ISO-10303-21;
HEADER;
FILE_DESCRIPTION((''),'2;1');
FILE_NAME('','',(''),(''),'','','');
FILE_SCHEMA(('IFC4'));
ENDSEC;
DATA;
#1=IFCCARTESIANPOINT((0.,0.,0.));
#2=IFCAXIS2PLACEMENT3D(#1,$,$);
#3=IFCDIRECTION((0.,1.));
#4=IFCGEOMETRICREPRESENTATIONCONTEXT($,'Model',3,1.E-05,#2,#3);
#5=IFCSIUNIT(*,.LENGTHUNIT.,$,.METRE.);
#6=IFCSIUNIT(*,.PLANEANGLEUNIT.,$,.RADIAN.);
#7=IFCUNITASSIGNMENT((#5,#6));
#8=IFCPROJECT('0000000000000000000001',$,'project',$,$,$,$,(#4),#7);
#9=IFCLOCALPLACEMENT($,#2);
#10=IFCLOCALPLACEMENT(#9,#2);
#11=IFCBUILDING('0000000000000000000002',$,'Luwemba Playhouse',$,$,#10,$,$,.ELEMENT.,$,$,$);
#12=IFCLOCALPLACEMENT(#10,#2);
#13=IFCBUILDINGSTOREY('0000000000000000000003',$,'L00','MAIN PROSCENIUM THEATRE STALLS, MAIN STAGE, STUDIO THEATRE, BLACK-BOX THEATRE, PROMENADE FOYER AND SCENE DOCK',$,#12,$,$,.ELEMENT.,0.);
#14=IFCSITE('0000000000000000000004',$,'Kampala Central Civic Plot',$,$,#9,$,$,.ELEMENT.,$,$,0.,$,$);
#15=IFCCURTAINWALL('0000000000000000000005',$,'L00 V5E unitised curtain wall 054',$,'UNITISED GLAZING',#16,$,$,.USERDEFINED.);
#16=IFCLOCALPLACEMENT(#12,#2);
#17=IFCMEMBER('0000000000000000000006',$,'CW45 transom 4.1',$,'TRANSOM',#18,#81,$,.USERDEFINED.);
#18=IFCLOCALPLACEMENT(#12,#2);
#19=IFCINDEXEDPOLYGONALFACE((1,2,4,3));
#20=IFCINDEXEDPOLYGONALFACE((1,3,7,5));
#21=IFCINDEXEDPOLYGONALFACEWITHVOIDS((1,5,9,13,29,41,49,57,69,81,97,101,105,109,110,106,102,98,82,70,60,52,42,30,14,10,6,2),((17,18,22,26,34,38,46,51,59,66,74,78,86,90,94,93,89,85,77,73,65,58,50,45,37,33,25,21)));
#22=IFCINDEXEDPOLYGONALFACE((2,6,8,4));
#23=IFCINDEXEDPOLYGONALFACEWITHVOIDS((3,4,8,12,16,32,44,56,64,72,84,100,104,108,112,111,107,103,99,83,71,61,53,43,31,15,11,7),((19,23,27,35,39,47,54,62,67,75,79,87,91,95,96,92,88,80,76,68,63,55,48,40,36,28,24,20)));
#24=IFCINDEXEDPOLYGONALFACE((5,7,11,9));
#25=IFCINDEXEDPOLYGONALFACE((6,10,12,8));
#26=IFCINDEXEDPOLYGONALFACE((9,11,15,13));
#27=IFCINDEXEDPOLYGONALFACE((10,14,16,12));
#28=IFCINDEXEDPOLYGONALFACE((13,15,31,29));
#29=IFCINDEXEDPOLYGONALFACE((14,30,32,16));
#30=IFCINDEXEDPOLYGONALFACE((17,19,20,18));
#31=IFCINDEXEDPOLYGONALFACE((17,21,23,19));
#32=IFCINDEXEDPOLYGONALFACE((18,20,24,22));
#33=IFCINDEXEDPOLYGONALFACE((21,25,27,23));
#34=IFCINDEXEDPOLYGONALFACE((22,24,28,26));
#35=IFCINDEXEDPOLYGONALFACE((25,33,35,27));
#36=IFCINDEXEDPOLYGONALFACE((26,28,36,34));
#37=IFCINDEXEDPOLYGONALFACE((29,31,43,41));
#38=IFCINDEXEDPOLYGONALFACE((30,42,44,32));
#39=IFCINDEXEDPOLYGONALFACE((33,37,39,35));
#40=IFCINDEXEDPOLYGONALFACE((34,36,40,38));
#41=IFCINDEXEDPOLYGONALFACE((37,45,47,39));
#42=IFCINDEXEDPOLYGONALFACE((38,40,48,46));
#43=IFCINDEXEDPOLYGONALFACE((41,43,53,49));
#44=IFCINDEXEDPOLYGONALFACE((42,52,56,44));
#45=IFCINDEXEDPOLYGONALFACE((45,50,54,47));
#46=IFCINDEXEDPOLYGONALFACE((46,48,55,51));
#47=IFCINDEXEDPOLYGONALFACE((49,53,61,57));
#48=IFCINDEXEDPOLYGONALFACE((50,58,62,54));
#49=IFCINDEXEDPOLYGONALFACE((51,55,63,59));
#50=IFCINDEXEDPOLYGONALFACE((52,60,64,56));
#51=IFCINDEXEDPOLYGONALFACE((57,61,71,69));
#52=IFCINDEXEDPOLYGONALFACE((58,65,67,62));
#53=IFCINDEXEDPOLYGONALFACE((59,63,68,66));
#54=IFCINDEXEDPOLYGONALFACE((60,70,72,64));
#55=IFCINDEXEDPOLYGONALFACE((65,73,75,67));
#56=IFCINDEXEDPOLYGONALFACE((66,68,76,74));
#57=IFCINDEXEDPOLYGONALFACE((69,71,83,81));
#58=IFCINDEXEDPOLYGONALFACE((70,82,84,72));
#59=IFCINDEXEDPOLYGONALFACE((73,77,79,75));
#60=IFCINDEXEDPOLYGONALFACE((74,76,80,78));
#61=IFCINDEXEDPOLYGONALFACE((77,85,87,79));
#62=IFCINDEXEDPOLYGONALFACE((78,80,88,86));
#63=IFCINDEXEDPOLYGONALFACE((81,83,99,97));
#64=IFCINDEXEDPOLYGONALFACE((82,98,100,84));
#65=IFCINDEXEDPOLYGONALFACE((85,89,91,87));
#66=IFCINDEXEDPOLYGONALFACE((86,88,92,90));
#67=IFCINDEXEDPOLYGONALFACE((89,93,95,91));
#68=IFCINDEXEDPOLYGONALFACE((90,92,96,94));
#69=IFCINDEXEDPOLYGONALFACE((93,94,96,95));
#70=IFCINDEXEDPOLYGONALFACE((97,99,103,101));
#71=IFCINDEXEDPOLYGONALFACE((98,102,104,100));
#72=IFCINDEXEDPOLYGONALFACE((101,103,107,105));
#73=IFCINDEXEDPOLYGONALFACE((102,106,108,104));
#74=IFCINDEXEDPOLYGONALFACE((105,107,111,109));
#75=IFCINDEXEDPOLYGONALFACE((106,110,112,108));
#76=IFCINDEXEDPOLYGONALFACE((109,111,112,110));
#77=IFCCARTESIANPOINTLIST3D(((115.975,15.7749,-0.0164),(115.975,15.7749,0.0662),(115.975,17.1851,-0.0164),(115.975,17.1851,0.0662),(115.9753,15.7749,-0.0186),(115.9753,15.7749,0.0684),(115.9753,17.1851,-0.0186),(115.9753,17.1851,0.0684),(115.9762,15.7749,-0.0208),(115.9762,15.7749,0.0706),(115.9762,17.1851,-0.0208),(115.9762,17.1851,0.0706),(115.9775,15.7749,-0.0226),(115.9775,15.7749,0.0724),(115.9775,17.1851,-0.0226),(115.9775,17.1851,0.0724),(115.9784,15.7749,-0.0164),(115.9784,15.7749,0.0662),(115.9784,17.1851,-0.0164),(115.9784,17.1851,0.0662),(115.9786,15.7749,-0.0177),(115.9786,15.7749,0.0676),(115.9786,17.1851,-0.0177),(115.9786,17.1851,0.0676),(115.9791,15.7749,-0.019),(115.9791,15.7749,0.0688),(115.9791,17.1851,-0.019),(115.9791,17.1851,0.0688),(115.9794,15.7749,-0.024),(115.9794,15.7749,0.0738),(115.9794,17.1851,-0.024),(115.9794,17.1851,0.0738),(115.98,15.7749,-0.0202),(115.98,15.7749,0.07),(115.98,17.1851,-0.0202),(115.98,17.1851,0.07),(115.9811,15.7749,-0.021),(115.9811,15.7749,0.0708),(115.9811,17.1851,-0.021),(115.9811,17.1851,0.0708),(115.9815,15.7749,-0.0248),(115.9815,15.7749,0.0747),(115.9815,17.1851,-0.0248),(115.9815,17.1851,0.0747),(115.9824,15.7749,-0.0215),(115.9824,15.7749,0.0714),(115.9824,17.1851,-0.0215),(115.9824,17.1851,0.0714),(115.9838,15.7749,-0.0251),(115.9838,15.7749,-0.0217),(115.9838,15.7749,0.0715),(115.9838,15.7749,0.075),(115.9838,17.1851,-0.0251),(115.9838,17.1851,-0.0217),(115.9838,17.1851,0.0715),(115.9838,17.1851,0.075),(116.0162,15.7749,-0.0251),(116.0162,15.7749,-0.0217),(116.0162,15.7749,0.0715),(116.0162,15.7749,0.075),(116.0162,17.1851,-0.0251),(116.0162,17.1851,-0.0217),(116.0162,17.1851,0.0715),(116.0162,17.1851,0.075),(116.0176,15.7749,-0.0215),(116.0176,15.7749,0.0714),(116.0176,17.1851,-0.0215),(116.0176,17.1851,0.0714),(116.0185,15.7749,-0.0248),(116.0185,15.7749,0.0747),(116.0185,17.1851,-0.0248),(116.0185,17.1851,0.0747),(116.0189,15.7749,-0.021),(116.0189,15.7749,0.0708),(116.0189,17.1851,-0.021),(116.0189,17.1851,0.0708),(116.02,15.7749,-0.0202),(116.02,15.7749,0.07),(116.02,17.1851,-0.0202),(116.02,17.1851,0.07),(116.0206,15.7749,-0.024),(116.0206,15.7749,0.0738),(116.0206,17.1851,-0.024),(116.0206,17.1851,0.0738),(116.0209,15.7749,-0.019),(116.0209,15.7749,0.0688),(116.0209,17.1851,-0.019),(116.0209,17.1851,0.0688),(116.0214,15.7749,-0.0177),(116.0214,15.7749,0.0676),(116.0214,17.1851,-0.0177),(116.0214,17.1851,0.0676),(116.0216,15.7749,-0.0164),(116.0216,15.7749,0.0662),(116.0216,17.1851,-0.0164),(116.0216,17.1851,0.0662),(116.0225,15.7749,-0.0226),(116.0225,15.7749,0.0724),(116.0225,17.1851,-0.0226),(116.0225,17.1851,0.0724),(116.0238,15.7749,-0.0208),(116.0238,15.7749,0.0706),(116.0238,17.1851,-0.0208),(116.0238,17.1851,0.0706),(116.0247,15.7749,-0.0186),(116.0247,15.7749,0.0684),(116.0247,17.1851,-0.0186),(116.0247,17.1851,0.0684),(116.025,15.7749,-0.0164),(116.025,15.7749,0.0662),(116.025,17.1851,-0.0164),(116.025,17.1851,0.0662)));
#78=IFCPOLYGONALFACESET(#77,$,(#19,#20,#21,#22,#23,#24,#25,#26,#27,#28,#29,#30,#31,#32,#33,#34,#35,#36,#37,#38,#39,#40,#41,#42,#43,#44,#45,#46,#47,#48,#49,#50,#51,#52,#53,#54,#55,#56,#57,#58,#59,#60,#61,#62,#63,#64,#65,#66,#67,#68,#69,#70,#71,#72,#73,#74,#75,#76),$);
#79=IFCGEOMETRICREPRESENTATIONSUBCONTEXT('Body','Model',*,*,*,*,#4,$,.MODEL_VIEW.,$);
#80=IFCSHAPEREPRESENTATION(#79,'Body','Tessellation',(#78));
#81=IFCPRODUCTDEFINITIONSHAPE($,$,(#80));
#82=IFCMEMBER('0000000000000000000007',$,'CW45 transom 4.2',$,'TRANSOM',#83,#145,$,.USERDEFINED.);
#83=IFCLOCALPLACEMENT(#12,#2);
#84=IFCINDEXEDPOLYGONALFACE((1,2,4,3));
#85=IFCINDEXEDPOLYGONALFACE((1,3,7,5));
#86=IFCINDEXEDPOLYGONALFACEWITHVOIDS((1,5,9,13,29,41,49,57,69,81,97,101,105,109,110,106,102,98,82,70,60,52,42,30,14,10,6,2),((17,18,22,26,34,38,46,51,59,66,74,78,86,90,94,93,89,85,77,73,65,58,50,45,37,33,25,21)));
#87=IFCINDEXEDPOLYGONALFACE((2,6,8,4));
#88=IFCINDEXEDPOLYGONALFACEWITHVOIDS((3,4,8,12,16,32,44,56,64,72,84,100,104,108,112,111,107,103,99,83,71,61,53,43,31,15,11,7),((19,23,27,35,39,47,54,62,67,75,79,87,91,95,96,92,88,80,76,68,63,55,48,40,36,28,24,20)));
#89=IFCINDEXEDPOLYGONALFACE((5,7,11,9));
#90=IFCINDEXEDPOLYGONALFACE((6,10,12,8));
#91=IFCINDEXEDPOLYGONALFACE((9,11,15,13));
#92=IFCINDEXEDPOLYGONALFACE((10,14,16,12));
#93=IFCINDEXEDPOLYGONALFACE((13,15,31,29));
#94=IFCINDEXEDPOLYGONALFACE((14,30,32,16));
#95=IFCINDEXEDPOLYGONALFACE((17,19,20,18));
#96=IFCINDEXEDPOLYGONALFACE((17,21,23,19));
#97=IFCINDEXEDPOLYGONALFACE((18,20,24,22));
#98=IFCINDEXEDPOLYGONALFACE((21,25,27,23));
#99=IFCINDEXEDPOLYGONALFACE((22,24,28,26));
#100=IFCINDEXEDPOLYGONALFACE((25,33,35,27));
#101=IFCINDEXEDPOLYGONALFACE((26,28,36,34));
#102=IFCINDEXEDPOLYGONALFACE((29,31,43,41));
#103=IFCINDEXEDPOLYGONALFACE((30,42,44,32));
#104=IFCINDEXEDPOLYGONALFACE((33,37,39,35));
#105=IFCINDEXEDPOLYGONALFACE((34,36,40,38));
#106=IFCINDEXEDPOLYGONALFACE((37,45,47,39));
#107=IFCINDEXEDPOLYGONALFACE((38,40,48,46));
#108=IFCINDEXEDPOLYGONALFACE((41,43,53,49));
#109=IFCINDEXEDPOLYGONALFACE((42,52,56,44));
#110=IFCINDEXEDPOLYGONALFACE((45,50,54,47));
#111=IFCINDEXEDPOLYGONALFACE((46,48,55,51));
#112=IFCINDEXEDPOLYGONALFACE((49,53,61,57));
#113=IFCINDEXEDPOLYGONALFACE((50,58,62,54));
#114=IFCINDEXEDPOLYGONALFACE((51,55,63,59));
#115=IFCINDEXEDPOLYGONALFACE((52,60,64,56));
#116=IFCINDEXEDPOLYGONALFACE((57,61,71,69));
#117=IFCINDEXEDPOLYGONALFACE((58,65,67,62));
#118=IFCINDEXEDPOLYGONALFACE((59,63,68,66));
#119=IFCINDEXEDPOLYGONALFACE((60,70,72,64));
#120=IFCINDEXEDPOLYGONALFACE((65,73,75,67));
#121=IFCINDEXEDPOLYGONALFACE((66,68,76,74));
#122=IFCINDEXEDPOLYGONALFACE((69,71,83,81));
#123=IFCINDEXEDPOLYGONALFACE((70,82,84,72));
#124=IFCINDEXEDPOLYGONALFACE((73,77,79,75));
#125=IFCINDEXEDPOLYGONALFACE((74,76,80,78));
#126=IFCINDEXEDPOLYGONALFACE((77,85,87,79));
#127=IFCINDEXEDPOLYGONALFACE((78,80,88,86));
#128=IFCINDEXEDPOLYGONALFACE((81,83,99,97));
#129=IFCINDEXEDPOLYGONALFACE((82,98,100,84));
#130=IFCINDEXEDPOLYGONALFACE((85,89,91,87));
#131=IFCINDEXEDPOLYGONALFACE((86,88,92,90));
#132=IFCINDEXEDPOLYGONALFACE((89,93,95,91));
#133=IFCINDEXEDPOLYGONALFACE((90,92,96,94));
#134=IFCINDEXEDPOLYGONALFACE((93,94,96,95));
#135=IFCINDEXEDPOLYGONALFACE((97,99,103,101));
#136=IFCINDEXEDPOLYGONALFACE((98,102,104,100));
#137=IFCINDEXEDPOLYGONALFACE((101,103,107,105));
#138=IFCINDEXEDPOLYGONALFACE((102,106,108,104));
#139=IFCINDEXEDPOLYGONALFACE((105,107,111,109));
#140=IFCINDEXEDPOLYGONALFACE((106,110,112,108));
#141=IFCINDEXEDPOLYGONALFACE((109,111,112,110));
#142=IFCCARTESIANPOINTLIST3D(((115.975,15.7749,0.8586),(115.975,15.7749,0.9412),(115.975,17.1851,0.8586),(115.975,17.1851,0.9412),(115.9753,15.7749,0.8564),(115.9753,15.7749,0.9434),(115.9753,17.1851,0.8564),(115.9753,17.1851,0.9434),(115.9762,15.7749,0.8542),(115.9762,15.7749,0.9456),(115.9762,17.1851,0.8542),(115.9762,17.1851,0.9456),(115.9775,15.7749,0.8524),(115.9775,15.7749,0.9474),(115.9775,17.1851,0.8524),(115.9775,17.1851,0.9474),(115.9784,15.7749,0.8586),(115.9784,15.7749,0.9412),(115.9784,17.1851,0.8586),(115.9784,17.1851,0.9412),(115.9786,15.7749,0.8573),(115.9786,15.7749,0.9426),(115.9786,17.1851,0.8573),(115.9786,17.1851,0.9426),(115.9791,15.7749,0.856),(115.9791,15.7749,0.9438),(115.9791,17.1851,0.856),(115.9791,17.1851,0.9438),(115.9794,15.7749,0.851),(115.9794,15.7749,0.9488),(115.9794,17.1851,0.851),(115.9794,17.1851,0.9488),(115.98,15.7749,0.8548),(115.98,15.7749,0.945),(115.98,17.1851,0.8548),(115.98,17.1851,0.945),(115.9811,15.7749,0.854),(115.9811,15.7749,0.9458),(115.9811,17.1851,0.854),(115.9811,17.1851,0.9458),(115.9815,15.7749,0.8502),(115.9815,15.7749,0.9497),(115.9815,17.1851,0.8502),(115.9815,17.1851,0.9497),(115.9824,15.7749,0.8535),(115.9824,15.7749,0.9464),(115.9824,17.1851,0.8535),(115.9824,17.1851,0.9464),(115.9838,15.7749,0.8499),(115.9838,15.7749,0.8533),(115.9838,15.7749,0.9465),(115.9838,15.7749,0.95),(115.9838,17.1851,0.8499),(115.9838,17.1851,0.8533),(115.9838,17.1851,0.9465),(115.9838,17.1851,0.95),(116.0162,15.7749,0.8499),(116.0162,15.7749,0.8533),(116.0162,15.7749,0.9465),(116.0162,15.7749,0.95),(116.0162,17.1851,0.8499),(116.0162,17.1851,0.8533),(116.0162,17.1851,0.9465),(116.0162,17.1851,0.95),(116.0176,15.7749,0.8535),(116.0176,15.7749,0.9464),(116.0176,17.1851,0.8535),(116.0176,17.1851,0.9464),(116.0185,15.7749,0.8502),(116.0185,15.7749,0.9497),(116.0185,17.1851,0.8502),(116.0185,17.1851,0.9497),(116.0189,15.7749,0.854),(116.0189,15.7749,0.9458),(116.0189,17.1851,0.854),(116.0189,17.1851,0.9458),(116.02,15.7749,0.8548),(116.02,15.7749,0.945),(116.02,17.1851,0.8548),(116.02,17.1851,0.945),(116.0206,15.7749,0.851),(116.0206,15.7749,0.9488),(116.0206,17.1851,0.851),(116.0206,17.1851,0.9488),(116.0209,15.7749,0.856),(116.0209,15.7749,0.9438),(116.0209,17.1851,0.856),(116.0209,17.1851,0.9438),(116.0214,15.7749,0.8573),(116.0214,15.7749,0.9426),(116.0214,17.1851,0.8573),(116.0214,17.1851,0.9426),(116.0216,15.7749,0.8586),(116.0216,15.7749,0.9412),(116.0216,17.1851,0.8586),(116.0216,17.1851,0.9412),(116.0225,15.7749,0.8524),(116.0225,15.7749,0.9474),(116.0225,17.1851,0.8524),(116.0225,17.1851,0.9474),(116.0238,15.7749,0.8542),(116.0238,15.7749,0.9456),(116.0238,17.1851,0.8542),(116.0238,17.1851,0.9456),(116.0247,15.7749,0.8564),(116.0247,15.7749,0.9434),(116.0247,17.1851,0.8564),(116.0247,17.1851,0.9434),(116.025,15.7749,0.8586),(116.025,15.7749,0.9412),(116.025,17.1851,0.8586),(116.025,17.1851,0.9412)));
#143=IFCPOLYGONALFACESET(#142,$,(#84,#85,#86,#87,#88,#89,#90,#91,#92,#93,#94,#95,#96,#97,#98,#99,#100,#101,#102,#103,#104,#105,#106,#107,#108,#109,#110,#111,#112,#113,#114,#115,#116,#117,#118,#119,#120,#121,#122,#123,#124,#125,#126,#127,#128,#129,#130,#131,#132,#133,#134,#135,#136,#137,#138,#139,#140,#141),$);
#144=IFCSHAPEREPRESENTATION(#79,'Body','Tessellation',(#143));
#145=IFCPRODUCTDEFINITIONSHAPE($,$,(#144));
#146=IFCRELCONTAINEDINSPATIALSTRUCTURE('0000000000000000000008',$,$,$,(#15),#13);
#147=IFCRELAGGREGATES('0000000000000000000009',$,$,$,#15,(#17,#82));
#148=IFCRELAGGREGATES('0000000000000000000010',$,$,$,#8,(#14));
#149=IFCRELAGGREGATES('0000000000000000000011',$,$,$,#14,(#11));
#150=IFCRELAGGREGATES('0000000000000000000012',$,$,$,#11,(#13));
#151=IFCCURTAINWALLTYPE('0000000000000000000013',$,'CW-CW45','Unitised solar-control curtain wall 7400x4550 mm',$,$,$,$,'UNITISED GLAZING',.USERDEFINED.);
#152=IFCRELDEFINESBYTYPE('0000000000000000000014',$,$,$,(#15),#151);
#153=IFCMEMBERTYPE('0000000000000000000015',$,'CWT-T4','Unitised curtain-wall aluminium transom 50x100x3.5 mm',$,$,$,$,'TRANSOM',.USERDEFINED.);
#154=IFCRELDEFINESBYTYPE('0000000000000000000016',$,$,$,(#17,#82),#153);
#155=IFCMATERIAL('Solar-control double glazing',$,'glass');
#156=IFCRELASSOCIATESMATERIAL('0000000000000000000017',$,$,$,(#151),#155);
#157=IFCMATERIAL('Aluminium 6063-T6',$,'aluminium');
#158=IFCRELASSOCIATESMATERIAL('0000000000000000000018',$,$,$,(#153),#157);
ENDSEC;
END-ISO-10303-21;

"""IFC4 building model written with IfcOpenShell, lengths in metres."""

from ifc_helpers import new_model, si_unit, direction, frame, origin, origin_2d, place, context, subcontext, project, spatial, hollow_rectangle, extrude, material, material_profile, profile_set, type_object, element, aggregate, save


model = new_model("IFC4")

# Units and contexts
model_context = context("Model", 3, precision=1e-05, world=origin(), true_north=direction((0.0, 1.0)))
body_context = subcontext(model_context, "Body", "Model", "MODEL_VIEW")
ifc_project = project(units=[si_unit("LENGTHUNIT", "METRE"), si_unit("PLANEANGLEUNIT", "RADIAN")], contexts=[model_context])

# Site, building, storey
site_placement = place(None, origin())
site = spatial("IfcSite", under=ifc_project, at=site_placement, Name="Kampala Central Civic Plot", CompositionType="ELEMENT", RefElevation=0.0)
building_placement = place(site_placement, origin())
building = spatial("IfcBuilding", under=site, at=building_placement, Name="Luwemba Playhouse", CompositionType="ELEMENT")
storey_placement = place(building_placement, origin())
storey = spatial("IfcBuildingStorey", under=building, at=storey_placement, Name="L00", Description="MAIN PROSCENIUM THEATRE STALLS, MAIN STAGE, STUDIO THEATRE, BLACK-BOX THEATRE, PROMENADE FOYER AND SCENE DOCK", CompositionType="ELEMENT", Elevation=0.0)

# Curtain wall, members
ifc_material_1 = material(Name="Solar-control double glazing", Category="glass")
curtain_wall_type = type_object("IfcCurtainWallType", Name="CW-CW45", Description="Unitised solar-control curtain wall 7400x4550 mm", ElementType="UNITISED GLAZING", PredefinedType="USERDEFINED", material=ifc_material_1)
curtain_wall_placement = place(storey_placement, origin())
curtain_wall = element("IfcCurtainWall", 1, at=curtain_wall_placement, inside=storey, type_object=curtain_wall_type, Name="L00 V5E unitised curtain wall 054", ObjectType="UNITISED GLAZING", PredefinedType="USERDEFINED")
ifc_material_2 = material(Name="Aluminium 6063-T6", Category="aluminium")
ifc_material_profile_1 = material_profile(ifc_material_2, hollow_rectangle(XDim=0.05, YDim=0.1001, WallThickness=0.0034, InnerFilletRadius=0.0054, OuterFilletRadius=0.0088, at=origin_2d()))
ifc_profile_set_1 = profile_set([ifc_material_profile_1], Name="Aluminium 6063-T6")
member_type = type_object("IfcMemberType", Name="CWT-T4", Description="Unitised curtain-wall aluminium transom 50x100x3.5 mm", ElementType="TRANSOM", PredefinedType="USERDEFINED", material=ifc_profile_set_1)
member_1_placement = place(storey_placement, frame((116.0, 15.7749, 0.0249), z_axis=(0.0, 1.0, 0.0), x_axis=(-1.0, 0.0, 0.0)))
member_1 = element("IfcMember", 2, at=member_1_placement, type_object=member_type, Name="CW45 transom 4.1", ObjectType="TRANSOM", PredefinedType="USERDEFINED", context=body_context, shape_type="SweptSolid", body=[
    extrude(hollow_rectangle(XDim=0.05, YDim=0.1001, WallThickness=0.0034, InnerFilletRadius=0.0054, OuterFilletRadius=0.0088, at=origin_2d()), origin(), (0.0, 0.0, 1.0), 1.4102),
])
member_2_placement = place(storey_placement, frame((116.0, 15.7749, 0.8999), z_axis=(0.0, 1.0, 0.0), x_axis=(-1.0, 0.0, 0.0)))
member_2 = element("IfcMember", 3, at=member_2_placement, type_object=member_type, Name="CW45 transom 4.2", ObjectType="TRANSOM", PredefinedType="USERDEFINED", context=body_context, shape_type="SweptSolid", body=[
    extrude(hollow_rectangle(XDim=0.05, YDim=0.1001, WallThickness=0.0034, InnerFilletRadius=0.0054, OuterFilletRadius=0.0088, at=origin_2d()), origin(), (0.0, 0.0, 1.0), 1.4102),
])
aggregate(curtain_wall, [member_1, member_2])

save(model, "model.ifc")
